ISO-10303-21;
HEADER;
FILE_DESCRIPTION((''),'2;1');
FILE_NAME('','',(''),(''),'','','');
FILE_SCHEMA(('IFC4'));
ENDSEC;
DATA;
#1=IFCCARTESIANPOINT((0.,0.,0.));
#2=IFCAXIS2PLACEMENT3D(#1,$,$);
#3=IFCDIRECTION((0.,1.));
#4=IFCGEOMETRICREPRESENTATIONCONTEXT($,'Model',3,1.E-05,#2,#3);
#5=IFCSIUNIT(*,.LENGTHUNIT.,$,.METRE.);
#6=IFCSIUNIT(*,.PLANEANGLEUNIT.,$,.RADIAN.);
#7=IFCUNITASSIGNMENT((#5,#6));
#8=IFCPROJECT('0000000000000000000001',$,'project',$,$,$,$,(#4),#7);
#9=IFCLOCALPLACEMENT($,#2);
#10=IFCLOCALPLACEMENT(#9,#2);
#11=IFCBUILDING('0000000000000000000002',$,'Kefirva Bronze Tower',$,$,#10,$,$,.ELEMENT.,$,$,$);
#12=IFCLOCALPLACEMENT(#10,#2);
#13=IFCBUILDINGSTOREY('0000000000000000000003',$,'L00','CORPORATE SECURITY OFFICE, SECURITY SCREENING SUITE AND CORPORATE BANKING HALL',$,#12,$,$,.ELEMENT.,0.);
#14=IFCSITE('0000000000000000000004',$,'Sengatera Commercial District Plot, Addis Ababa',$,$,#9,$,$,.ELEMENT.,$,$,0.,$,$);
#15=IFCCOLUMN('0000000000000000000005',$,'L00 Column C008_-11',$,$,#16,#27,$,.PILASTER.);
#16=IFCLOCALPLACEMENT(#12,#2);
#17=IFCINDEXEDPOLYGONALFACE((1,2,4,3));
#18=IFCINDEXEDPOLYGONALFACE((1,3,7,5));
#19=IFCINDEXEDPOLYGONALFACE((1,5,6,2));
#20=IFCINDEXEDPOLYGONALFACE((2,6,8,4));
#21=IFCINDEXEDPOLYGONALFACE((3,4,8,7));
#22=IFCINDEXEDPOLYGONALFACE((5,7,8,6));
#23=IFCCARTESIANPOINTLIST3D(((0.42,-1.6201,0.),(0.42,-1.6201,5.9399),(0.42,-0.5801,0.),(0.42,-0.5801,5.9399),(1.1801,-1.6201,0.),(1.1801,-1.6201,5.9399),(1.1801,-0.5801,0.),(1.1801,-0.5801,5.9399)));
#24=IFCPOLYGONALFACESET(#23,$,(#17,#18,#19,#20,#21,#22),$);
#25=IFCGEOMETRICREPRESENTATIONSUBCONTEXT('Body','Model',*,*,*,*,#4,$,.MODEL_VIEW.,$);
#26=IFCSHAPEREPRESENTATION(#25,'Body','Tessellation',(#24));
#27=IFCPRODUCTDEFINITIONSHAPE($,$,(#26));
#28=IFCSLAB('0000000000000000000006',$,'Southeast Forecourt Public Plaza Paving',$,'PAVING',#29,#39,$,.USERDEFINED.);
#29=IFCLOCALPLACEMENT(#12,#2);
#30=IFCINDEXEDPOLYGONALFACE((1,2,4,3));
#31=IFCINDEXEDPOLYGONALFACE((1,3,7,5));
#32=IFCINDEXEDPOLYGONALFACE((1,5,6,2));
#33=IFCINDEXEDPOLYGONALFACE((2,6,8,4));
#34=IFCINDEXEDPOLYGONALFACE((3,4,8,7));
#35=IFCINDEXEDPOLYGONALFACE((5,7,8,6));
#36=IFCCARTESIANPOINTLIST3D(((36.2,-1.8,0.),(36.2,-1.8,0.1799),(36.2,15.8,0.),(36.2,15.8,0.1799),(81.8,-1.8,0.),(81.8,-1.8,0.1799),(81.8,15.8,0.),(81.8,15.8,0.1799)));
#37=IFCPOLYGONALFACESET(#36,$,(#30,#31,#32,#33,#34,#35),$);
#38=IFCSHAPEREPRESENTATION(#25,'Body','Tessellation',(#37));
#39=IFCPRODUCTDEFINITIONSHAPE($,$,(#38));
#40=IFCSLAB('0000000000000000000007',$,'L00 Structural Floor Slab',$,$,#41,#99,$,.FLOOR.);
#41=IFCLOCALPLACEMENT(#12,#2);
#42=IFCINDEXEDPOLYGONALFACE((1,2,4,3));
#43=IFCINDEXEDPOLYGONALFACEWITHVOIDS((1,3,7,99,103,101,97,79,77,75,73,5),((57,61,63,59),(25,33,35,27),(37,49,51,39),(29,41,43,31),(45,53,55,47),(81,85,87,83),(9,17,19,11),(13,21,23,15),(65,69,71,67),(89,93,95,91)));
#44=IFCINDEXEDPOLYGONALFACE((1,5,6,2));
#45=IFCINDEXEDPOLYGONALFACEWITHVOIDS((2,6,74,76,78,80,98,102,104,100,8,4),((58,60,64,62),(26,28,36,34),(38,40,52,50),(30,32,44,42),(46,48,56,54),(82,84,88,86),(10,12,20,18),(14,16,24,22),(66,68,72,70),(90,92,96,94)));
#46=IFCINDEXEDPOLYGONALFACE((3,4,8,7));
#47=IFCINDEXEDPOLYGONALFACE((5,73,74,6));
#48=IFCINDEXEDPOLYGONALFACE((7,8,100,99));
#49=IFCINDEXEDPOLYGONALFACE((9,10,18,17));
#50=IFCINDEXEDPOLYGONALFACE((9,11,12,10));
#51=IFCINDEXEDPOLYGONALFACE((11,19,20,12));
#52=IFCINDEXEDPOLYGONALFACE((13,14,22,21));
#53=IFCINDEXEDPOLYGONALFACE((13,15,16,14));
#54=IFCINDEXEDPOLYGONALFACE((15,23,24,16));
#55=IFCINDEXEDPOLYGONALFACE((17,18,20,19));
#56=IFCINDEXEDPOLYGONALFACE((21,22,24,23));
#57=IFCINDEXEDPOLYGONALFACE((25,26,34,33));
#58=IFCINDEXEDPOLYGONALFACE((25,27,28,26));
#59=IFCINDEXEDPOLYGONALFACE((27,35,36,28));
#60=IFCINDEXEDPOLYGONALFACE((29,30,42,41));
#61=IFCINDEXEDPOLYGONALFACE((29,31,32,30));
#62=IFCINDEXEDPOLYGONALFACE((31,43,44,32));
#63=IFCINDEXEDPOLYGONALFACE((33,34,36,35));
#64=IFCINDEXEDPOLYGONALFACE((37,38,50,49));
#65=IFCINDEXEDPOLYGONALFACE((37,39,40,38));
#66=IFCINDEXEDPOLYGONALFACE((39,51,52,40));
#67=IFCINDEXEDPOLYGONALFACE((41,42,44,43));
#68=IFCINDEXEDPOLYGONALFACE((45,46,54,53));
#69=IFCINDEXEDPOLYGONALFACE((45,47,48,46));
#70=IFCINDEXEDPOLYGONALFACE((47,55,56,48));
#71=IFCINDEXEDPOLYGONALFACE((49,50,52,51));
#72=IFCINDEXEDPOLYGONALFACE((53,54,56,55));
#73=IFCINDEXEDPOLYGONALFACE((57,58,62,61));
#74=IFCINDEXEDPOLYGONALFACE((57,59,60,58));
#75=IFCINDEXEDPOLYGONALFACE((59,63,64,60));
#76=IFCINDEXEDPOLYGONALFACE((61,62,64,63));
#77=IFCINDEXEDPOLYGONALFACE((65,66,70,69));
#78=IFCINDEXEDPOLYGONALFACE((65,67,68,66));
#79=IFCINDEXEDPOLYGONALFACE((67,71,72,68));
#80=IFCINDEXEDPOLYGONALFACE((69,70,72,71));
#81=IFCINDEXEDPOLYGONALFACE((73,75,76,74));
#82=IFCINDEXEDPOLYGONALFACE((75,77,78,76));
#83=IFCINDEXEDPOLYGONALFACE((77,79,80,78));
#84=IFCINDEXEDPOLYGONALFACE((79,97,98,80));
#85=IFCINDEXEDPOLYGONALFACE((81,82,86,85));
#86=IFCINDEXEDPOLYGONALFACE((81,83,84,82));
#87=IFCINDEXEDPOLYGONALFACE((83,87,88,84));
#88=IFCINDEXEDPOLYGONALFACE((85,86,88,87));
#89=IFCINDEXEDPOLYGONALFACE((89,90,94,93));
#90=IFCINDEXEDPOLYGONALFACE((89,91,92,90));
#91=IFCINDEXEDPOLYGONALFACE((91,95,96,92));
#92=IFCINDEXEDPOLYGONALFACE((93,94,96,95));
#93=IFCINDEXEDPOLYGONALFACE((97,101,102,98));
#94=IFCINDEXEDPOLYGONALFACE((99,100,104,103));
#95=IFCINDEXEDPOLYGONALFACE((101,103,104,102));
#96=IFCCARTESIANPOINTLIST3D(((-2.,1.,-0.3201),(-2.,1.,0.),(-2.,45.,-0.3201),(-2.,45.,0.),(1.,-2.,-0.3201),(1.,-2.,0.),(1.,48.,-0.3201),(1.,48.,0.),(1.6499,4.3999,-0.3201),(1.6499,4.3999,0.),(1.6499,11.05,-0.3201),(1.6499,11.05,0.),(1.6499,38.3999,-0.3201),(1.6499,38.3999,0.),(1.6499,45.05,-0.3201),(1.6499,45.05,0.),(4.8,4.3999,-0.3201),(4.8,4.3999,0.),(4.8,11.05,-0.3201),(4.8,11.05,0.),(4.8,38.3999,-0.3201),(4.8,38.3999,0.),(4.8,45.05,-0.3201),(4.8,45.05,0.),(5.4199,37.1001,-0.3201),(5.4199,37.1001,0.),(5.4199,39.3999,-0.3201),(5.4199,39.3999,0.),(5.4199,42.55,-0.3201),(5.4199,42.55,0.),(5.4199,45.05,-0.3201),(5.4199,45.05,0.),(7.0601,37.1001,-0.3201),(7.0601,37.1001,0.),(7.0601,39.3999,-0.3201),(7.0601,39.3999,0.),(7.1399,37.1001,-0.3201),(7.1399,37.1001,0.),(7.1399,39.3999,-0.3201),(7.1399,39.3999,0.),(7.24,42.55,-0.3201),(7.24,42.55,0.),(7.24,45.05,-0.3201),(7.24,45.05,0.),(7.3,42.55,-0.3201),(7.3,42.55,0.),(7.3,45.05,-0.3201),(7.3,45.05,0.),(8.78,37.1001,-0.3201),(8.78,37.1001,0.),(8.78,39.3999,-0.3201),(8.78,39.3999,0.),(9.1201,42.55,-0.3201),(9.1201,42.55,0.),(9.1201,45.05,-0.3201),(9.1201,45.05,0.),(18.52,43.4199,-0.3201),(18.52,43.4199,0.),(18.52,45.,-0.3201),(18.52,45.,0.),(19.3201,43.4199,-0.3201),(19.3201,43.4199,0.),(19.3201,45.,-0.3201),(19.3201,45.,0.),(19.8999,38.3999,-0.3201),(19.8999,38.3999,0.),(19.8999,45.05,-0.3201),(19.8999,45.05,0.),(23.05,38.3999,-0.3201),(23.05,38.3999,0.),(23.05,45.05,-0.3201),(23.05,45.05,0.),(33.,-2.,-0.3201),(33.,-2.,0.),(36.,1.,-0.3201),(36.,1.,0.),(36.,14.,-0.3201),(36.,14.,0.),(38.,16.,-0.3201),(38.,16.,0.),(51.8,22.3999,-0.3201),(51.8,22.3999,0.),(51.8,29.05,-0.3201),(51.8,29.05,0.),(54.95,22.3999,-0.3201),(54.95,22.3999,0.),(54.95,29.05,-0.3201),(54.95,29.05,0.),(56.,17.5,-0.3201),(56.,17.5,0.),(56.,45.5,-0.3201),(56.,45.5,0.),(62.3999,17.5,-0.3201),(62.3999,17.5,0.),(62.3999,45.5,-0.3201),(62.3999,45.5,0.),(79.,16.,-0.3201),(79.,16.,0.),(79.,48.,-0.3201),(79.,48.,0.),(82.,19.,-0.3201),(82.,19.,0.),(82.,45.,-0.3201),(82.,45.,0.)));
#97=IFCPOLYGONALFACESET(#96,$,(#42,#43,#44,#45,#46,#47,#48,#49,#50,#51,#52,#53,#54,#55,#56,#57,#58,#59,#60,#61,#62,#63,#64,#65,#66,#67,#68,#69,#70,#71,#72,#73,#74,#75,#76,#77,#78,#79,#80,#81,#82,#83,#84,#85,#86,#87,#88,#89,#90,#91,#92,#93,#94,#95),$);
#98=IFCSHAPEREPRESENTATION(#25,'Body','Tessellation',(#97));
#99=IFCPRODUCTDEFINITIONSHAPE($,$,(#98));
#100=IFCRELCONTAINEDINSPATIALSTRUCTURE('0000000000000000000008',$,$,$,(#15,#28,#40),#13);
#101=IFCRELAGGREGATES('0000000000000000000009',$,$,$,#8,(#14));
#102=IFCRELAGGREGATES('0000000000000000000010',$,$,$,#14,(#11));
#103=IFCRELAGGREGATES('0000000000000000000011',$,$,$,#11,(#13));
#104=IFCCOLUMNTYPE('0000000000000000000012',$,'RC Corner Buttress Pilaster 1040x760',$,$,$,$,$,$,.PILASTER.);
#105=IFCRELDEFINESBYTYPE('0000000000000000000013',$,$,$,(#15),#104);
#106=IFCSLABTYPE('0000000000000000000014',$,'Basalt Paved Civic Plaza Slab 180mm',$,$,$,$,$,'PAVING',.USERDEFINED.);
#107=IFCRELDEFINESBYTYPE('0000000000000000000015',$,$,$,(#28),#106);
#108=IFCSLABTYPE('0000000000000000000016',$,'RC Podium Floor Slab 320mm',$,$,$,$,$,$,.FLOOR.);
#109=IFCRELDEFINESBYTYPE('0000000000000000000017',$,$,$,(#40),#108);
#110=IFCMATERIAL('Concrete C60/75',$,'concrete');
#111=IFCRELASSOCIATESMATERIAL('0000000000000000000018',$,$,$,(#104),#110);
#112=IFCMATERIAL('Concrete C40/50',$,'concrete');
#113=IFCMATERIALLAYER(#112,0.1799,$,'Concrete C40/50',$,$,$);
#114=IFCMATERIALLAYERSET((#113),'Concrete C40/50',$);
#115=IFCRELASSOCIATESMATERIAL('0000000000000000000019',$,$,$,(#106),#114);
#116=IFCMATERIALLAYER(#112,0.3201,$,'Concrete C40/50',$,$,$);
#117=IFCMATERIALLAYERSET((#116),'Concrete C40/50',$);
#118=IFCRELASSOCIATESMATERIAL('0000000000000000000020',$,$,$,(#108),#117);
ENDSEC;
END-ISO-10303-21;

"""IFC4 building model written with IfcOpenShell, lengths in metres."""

from ifc_helpers import new_model, si_unit, direction, frame, origin, origin_2d, place, context, subcontext, project, spatial, polyline, rectangle, outline, extrude, material, layer, layer_set, material_profile, profile_set, type_object, element, save


model = new_model("IFC4")

# Units and contexts
model_context = context("Model", 3, precision=1e-05, world=origin(), true_north=direction((0.0, 1.0)))
body_context = subcontext(model_context, "Body", "Model", "MODEL_VIEW")
ifc_project = project(units=[si_unit("LENGTHUNIT", "METRE"), si_unit("PLANEANGLEUNIT", "RADIAN")], contexts=[model_context])

# Site, building, storey
site_placement = place(None, origin())
site = spatial("IfcSite", under=ifc_project, at=site_placement, Name="Sengatera Commercial District Plot, Addis Ababa", CompositionType="ELEMENT", RefElevation=0.0)
building_placement = place(site_placement, origin())
building = spatial("IfcBuilding", under=site, at=building_placement, Name="Kefirva Bronze Tower", CompositionType="ELEMENT")
storey_placement = place(building_placement, origin())
storey = spatial("IfcBuildingStorey", under=building, at=storey_placement, Name="L00", Description="CORPORATE SECURITY OFFICE, SECURITY SCREENING SUITE AND CORPORATE BANKING HALL", CompositionType="ELEMENT", Elevation=0.0)

# Column
ifc_material_1 = material(Name="Concrete C60/75", Category="concrete")
ifc_material_profile_1 = material_profile(ifc_material_1, rectangle(XDim=0.76, YDim=1.04, at=origin_2d()), Name="RC 760x1040")
ifc_profile_set_1 = profile_set([ifc_material_profile_1], Name="Concrete C60/75")
column_type = type_object("IfcColumnType", Name="RC Corner Buttress Pilaster 1040x760", PredefinedType="PILASTER", material=ifc_profile_set_1)
column_placement = place(storey_placement, frame((0.8, -1.1001, 0.0), z_axis=(0.0, 0.0, 1.0), x_axis=(1.0, 0.0, 0.0)))
element("IfcColumn", 1, at=column_placement, inside=storey, type_object=column_type, Name="L00 Column C008_-11", PredefinedType="PILASTER", context=body_context, shape_type="SweptSolid", body=[
    extrude(rectangle(XDim=0.76, YDim=1.04, at=origin_2d()), origin(), (0.0, 0.0, 1.0), 5.9399),
])

# Slabs
ifc_material_2 = material(Name="Concrete C40/50", Category="concrete")
ifc_layer_1 = layer(ifc_material_2, 0.1799, Name="Concrete C40/50")
ifc_layer_set_1 = layer_set([ifc_layer_1], Name="Concrete C40/50")
slab_type_1 = type_object("IfcSlabType", Name="Basalt Paved Civic Plaza Slab 180mm", ElementType="PAVING", PredefinedType="USERDEFINED", material=ifc_layer_set_1)
slab_1_placement = place(storey_placement, origin())
element("IfcSlab", 2, at=slab_1_placement, inside=storey, type_object=slab_type_1, Name="Southeast Forecourt Public Plaza Paving", ObjectType="PAVING", PredefinedType="USERDEFINED", context=body_context, shape_type="SweptSolid", body=[
    extrude(outline(polyline([(36.2, -1.8), (81.8, -1.8), (81.8, 15.8), (36.2, 15.8), (36.2, -1.8)])), origin(), (0.0, 0.0, 1.0), 0.1799),
])
ifc_layer_2 = layer(ifc_material_2, 0.3201, Name="Concrete C40/50")
ifc_layer_set_2 = layer_set([ifc_layer_2], Name="Concrete C40/50")
slab_type_2 = type_object("IfcSlabType", Name="RC Podium Floor Slab 320mm", PredefinedType="FLOOR", material=ifc_layer_set_2)
slab_2_placement = place(storey_placement, frame((0.0, 0.0, -0.3201)))
element("IfcSlab", 3, at=slab_2_placement, inside=storey, type_object=slab_type_2, Name="L00 Structural Floor Slab", PredefinedType="FLOOR", context=body_context, shape_type="SweptSolid", body=[
    extrude(outline(polyline([(-2.0, 1.0), (-2.0, 45.0), (1.0, 48.0), (79.0, 48.0), (82.0, 45.0), (82.0, 19.0), (79.0, 16.0), (38.0, 16.0), (36.0, 14.0), (36.0, 1.0), (33.0, -2.0), (1.0, -2.0), (-2.0, 1.0)]), holes=[polyline([(62.3999, 45.5), (56.0, 45.5), (56.0, 17.5), (62.3999, 17.5), (62.3999, 45.5)]), polyline([(54.95, 29.05), (51.8, 29.05), (51.8, 22.3999), (54.95, 22.3999), (54.95, 29.05)]), polyline([(23.05, 45.05), (19.8999, 45.05), (19.8999, 38.3999), (23.05, 38.3999), (23.05, 45.05)]), polyline([(19.3201, 43.4199), (19.3201, 45.0), (18.52, 45.0), (18.52, 43.4199), (19.3201, 43.4199)]), polyline([(9.1201, 42.55), (9.1201, 45.05), (7.3, 45.05), (7.3, 42.55), (9.1201, 42.55)]), polyline([(8.78, 37.1001), (8.78, 39.3999), (7.1399, 39.3999), (7.1399, 37.1001), (8.78, 37.1001)]), polyline([(7.24, 45.05), (5.4199, 45.05), (5.4199, 42.55), (7.24, 42.55), (7.24, 45.05)]), polyline([(7.0601, 37.1001), (7.0601, 39.3999), (5.4199, 39.3999), (5.4199, 37.1001), (7.0601, 37.1001)]), polyline([(4.8, 11.05), (1.6499, 11.05), (1.6499, 4.3999), (4.8, 4.3999), (4.8, 11.05)]), polyline([(4.8, 45.05), (1.6499, 45.05), (1.6499, 38.3999), (4.8, 38.3999), (4.8, 45.05)])]), origin(), (0.0, 0.0, 1.0), 0.3201),
])

save(model, "model.ifc")
